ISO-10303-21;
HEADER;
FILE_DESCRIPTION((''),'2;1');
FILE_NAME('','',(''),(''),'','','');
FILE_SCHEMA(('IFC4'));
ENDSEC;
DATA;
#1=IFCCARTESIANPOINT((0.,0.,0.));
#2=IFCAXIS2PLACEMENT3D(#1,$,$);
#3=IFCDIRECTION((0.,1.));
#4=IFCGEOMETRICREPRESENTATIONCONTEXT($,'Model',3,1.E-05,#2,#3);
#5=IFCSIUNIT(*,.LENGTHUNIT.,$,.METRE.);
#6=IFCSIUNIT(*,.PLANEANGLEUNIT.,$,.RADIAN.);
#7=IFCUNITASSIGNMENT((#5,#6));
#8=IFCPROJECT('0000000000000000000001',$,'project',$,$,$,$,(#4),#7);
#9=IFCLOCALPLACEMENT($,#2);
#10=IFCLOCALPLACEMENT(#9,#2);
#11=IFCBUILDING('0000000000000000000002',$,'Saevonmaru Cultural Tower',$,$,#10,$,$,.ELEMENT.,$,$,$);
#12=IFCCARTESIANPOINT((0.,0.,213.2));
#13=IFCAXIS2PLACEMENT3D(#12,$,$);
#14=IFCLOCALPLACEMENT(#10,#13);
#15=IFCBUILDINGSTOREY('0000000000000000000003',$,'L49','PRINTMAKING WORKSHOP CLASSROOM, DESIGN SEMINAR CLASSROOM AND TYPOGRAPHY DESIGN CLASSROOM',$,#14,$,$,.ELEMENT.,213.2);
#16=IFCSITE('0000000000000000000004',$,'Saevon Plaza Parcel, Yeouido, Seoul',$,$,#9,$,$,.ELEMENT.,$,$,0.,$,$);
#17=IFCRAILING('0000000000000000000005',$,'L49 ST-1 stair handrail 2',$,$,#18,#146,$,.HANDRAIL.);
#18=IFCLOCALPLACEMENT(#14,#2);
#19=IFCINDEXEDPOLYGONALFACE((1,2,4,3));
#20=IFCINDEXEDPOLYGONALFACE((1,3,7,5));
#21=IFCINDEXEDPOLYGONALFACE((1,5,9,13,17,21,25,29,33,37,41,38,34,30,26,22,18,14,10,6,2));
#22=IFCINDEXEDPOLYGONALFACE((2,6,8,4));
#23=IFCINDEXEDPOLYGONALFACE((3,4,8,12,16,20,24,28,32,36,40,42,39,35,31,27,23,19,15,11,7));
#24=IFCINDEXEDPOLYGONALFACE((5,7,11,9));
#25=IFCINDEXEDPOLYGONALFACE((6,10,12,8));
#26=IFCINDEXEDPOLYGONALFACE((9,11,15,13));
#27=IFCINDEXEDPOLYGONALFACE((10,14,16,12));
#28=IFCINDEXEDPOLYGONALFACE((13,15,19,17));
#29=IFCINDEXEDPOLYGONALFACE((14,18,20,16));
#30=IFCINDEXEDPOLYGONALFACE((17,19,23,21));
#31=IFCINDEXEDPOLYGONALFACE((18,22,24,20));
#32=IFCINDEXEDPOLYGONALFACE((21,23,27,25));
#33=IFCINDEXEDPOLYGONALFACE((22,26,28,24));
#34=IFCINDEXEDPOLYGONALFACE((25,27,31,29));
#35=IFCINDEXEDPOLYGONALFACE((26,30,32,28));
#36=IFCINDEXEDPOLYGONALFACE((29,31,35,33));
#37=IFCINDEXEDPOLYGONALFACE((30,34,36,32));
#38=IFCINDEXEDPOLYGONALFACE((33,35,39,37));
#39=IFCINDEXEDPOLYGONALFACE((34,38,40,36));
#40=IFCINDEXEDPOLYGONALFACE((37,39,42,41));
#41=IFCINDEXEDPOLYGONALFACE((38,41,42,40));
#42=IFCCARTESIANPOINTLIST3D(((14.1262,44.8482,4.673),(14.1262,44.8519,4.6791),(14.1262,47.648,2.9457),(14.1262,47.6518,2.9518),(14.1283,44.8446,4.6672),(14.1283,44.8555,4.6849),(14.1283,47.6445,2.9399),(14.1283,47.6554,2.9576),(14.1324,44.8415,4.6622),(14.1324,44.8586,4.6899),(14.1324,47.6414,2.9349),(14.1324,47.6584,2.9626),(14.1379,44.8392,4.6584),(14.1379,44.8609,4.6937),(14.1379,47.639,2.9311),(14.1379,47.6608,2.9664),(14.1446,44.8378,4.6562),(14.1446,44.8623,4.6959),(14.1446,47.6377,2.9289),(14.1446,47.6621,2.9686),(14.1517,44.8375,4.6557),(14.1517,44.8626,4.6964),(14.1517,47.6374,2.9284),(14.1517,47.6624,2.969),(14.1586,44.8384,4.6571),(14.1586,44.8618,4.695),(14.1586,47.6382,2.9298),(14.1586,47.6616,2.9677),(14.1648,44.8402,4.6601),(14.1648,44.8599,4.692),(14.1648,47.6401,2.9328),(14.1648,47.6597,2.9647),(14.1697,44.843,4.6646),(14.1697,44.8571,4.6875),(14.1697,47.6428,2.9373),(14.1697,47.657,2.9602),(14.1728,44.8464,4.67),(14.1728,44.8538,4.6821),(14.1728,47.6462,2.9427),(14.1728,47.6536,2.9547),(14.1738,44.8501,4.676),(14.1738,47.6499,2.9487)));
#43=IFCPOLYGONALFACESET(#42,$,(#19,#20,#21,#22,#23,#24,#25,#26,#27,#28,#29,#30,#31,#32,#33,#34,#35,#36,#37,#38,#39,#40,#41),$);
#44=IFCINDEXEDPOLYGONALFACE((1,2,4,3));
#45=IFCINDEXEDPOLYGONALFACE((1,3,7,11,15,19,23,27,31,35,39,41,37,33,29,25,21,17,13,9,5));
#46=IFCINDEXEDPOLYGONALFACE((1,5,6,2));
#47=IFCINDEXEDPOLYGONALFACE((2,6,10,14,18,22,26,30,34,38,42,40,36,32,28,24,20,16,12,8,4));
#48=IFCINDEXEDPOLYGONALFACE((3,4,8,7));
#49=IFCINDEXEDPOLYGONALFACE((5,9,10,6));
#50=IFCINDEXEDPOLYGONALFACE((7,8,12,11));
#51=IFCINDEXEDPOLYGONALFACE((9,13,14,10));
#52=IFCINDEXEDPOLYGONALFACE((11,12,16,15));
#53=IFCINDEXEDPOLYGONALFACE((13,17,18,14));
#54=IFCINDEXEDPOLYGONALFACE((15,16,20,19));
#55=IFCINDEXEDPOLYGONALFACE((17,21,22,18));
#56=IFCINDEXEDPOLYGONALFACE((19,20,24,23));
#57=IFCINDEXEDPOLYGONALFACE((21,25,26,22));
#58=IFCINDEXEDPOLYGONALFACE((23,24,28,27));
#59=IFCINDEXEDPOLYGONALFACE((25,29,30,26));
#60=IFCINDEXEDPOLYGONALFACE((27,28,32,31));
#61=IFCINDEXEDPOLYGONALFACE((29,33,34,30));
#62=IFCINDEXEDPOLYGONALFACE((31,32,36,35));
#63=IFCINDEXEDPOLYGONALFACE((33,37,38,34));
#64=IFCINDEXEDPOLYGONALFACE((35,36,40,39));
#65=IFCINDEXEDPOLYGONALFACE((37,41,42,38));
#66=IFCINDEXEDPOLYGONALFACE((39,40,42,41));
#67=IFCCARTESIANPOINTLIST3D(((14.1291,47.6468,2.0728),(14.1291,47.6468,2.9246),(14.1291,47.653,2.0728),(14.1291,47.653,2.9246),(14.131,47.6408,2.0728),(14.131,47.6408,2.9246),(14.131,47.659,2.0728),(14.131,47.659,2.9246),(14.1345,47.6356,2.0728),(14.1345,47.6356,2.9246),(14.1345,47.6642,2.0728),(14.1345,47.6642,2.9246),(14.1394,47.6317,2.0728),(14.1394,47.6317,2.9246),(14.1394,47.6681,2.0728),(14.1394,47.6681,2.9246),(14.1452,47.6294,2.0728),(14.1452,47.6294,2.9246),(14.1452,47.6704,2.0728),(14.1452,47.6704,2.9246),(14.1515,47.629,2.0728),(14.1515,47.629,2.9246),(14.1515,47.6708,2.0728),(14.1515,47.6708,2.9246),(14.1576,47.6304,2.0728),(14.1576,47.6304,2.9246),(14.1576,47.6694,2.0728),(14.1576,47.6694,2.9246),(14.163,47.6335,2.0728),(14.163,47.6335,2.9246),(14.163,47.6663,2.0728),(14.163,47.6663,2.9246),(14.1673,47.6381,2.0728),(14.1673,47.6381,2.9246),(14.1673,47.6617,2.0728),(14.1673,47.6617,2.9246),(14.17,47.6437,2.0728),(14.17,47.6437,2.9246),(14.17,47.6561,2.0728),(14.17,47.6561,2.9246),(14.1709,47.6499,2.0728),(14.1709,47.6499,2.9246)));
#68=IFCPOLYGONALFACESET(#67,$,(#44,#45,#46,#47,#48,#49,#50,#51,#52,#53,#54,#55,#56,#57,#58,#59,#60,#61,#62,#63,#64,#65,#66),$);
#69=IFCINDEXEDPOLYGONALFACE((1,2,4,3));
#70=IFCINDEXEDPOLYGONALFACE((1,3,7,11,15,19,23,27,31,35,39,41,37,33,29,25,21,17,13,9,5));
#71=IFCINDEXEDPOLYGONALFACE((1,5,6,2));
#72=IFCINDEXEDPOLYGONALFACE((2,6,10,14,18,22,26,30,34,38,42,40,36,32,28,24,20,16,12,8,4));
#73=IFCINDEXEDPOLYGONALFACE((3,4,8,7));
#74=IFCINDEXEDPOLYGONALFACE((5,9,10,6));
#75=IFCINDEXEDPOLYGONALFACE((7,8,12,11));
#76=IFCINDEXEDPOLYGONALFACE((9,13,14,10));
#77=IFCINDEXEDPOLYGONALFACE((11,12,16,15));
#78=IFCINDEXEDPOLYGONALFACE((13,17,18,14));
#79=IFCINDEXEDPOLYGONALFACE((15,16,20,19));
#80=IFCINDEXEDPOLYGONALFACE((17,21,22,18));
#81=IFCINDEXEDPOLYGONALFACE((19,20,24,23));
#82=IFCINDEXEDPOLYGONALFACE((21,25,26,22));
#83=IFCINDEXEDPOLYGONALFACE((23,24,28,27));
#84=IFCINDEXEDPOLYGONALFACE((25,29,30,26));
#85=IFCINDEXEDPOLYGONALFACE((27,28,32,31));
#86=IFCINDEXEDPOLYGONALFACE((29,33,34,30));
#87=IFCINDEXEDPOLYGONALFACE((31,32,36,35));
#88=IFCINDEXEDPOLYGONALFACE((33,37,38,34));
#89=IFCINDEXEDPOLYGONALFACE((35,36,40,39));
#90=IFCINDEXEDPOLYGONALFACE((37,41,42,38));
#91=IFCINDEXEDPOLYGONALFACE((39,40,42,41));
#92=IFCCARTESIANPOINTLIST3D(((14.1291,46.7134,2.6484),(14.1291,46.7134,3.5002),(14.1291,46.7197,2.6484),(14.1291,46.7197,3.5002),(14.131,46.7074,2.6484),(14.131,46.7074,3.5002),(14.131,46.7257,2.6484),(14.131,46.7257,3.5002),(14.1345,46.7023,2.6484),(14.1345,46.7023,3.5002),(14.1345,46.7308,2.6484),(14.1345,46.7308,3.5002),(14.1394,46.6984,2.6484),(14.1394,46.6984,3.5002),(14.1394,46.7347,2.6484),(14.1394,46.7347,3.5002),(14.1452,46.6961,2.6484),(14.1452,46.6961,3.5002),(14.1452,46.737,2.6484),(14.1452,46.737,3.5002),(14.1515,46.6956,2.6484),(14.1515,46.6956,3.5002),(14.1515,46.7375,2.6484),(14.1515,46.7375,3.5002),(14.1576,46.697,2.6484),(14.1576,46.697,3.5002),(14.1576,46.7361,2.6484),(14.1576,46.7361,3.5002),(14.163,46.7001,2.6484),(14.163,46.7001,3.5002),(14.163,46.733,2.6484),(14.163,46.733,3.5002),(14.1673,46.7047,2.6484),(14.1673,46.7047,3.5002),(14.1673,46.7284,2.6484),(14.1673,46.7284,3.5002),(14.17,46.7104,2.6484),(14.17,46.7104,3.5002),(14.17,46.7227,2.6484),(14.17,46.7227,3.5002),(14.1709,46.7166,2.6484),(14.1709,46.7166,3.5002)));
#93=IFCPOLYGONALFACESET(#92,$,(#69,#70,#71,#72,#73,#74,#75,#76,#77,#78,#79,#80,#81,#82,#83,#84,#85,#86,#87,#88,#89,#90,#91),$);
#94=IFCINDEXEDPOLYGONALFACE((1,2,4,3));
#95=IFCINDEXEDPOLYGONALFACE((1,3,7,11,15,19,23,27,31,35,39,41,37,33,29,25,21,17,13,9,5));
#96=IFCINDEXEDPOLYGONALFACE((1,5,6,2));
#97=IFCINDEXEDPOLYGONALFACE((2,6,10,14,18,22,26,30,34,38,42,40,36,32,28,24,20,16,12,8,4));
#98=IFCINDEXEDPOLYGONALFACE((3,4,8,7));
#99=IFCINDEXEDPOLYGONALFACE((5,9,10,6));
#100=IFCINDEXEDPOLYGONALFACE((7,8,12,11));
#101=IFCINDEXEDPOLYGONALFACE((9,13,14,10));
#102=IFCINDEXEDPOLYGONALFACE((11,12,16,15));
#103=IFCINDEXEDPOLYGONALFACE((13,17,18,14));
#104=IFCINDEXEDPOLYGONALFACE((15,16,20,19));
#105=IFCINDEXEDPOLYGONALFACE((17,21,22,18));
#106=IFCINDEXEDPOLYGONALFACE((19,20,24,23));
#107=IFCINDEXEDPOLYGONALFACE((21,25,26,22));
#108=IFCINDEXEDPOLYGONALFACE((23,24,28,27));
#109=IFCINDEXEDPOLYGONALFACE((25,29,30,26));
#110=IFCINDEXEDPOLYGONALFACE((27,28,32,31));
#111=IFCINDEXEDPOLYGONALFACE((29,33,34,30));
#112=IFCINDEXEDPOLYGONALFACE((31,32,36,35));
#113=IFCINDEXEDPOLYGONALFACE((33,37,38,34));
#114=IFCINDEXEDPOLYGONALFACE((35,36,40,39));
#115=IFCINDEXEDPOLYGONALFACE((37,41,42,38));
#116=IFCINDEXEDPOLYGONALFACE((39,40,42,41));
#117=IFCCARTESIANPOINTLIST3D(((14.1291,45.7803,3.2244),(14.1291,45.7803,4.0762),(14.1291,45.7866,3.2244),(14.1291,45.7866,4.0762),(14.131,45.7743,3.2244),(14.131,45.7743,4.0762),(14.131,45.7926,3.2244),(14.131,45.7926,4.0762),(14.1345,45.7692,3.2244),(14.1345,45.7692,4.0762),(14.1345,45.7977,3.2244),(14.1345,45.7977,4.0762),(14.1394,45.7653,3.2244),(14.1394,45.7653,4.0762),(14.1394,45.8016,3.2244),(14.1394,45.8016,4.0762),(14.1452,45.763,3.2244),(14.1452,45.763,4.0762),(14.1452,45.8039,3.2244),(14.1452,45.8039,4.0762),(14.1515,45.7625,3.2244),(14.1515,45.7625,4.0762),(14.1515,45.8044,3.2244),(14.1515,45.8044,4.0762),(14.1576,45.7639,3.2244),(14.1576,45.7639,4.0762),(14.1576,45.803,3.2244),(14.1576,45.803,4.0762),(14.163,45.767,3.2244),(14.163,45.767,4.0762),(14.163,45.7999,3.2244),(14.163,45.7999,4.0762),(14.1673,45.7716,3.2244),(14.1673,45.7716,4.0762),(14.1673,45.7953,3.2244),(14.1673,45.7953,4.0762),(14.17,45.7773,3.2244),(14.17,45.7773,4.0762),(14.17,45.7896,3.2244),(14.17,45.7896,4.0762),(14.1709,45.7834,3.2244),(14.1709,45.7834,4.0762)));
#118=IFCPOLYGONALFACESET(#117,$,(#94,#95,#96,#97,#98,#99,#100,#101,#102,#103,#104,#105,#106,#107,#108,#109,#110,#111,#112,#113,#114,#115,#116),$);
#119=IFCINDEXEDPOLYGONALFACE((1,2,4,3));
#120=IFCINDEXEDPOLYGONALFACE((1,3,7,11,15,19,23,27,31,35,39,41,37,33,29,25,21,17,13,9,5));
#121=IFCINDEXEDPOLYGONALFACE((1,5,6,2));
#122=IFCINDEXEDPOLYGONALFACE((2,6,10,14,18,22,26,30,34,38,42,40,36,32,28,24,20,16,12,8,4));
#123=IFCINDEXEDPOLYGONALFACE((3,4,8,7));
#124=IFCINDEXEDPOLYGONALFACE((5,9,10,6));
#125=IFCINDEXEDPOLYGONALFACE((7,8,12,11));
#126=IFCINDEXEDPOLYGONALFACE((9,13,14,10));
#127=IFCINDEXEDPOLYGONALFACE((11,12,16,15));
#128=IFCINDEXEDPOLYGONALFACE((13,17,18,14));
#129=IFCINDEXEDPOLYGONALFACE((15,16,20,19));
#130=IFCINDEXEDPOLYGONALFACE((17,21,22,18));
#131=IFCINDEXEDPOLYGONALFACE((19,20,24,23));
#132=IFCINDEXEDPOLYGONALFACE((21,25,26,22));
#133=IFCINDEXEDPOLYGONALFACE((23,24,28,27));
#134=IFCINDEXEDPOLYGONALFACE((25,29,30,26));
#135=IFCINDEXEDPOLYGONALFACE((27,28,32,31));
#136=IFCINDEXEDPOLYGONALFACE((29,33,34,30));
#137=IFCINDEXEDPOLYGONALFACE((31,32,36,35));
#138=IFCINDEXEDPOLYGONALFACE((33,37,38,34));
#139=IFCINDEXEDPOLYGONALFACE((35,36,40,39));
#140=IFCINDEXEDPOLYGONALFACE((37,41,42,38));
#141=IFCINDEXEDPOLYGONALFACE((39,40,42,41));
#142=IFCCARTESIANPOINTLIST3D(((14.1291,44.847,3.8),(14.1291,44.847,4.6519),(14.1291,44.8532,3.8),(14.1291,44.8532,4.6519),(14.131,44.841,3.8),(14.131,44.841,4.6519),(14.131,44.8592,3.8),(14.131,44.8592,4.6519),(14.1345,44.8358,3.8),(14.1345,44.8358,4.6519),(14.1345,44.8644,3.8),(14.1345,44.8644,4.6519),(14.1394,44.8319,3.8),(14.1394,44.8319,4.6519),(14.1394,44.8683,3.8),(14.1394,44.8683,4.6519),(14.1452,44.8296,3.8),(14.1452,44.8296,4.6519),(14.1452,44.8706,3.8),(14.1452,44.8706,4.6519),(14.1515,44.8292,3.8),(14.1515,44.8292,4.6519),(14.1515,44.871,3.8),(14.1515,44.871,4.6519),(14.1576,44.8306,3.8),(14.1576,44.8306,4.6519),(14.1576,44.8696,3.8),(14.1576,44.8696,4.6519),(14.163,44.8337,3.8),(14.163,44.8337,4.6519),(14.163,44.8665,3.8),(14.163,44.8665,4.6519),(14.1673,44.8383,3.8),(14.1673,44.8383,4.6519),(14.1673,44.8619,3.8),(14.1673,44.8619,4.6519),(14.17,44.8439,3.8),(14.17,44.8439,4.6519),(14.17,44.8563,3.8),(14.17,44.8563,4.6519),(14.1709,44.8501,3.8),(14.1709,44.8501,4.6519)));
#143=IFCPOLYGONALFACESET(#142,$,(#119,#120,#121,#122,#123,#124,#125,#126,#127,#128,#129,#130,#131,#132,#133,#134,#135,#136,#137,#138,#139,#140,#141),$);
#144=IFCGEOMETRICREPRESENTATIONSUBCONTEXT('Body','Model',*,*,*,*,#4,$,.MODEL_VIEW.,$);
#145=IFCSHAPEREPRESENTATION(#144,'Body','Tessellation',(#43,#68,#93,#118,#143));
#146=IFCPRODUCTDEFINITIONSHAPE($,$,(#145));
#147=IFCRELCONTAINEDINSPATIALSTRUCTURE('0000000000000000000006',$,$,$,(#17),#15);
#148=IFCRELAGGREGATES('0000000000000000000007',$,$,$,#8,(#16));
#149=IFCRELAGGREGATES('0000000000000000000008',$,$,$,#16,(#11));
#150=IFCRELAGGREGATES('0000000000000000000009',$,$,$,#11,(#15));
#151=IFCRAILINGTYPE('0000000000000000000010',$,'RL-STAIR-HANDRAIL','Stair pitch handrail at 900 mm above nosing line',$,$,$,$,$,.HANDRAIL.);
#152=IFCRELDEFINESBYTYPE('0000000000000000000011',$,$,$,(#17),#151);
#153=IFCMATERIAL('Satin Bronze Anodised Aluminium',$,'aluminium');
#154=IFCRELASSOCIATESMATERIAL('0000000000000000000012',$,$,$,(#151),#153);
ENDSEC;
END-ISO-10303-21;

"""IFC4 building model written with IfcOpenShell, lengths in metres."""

from ifc_helpers import new_model, si_unit, direction, frame, origin, origin_2d, place, context, subcontext, project, spatial, circle, extrude, material, type_object, element, save


model = new_model("IFC4")

# Units and contexts
model_context = context("Model", 3, precision=1e-05, world=origin(), true_north=direction((0.0, 1.0)))
body_context = subcontext(model_context, "Body", "Model", "MODEL_VIEW")
ifc_project = project(units=[si_unit("LENGTHUNIT", "METRE"), si_unit("PLANEANGLEUNIT", "RADIAN")], contexts=[model_context])

# Site, building, storey
site_placement = place(None, origin())
site = spatial("IfcSite", under=ifc_project, at=site_placement, Name="Saevon Plaza Parcel, Yeouido, Seoul", CompositionType="ELEMENT", RefElevation=0.0)
building_placement = place(site_placement, origin())
building = spatial("IfcBuilding", under=site, at=building_placement, Name="Saevonmaru Cultural Tower", CompositionType="ELEMENT")
storey_placement = place(building_placement, frame((0.0, 0.0, 213.2)))
storey = spatial("IfcBuildingStorey", under=building, at=storey_placement, Name="L49", Description="PRINTMAKING WORKSHOP CLASSROOM, DESIGN SEMINAR CLASSROOM AND TYPOGRAPHY DESIGN CLASSROOM", CompositionType="ELEMENT", Elevation=213.2)

# Shared definitions
ifc_material_1 = material(Name="Satin Bronze Anodised Aluminium", Category="aluminium")

# Railing
railing_type_1 = type_object("IfcRailingType", Name="RL-STAIR-HANDRAIL", Description="Stair pitch handrail at 900 mm above nosing line", PredefinedType="HANDRAIL", material=ifc_material_1)
railing_1_placement = place(storey_placement, frame((14.1499, 47.6499, 2.0728)))
element("IfcRailing", 1, at=railing_1_placement, inside=storey, type_object=railing_type_1, Name="L49 ST-1 stair handrail 2", PredefinedType="HANDRAIL", context=body_context, shape_type="SweptSolid", body=[
    extrude(circle(Radius=0.0239, at=origin_2d()), frame((0.0, 0.0, 0.876), z_axis=(0.0, -0.851069, 0.525054), x_axis=(1.0, 0.0, 0.0)), (0.0, 0.0, 1.0), 3.2898),
    extrude(circle(Radius=0.021, at=origin_2d()), origin(), (0.0, 0.0, 1.0), 0.8518),
    extrude(circle(Radius=0.021, at=origin_2d()), frame((0.0, -0.9333, 0.5757)), (0.0, 0.0, 1.0), 0.8518),
    extrude(circle(Radius=0.021, at=origin_2d()), frame((0.0, -1.8665, 1.1516)), (0.0, 0.0, 1.0), 0.8518),
    extrude(circle(Radius=0.021, at=origin_2d()), frame((0.0, -2.7998, 1.7273)), (0.0, 0.0, 1.0), 0.8518),
])

save(model, "model.ifc")
